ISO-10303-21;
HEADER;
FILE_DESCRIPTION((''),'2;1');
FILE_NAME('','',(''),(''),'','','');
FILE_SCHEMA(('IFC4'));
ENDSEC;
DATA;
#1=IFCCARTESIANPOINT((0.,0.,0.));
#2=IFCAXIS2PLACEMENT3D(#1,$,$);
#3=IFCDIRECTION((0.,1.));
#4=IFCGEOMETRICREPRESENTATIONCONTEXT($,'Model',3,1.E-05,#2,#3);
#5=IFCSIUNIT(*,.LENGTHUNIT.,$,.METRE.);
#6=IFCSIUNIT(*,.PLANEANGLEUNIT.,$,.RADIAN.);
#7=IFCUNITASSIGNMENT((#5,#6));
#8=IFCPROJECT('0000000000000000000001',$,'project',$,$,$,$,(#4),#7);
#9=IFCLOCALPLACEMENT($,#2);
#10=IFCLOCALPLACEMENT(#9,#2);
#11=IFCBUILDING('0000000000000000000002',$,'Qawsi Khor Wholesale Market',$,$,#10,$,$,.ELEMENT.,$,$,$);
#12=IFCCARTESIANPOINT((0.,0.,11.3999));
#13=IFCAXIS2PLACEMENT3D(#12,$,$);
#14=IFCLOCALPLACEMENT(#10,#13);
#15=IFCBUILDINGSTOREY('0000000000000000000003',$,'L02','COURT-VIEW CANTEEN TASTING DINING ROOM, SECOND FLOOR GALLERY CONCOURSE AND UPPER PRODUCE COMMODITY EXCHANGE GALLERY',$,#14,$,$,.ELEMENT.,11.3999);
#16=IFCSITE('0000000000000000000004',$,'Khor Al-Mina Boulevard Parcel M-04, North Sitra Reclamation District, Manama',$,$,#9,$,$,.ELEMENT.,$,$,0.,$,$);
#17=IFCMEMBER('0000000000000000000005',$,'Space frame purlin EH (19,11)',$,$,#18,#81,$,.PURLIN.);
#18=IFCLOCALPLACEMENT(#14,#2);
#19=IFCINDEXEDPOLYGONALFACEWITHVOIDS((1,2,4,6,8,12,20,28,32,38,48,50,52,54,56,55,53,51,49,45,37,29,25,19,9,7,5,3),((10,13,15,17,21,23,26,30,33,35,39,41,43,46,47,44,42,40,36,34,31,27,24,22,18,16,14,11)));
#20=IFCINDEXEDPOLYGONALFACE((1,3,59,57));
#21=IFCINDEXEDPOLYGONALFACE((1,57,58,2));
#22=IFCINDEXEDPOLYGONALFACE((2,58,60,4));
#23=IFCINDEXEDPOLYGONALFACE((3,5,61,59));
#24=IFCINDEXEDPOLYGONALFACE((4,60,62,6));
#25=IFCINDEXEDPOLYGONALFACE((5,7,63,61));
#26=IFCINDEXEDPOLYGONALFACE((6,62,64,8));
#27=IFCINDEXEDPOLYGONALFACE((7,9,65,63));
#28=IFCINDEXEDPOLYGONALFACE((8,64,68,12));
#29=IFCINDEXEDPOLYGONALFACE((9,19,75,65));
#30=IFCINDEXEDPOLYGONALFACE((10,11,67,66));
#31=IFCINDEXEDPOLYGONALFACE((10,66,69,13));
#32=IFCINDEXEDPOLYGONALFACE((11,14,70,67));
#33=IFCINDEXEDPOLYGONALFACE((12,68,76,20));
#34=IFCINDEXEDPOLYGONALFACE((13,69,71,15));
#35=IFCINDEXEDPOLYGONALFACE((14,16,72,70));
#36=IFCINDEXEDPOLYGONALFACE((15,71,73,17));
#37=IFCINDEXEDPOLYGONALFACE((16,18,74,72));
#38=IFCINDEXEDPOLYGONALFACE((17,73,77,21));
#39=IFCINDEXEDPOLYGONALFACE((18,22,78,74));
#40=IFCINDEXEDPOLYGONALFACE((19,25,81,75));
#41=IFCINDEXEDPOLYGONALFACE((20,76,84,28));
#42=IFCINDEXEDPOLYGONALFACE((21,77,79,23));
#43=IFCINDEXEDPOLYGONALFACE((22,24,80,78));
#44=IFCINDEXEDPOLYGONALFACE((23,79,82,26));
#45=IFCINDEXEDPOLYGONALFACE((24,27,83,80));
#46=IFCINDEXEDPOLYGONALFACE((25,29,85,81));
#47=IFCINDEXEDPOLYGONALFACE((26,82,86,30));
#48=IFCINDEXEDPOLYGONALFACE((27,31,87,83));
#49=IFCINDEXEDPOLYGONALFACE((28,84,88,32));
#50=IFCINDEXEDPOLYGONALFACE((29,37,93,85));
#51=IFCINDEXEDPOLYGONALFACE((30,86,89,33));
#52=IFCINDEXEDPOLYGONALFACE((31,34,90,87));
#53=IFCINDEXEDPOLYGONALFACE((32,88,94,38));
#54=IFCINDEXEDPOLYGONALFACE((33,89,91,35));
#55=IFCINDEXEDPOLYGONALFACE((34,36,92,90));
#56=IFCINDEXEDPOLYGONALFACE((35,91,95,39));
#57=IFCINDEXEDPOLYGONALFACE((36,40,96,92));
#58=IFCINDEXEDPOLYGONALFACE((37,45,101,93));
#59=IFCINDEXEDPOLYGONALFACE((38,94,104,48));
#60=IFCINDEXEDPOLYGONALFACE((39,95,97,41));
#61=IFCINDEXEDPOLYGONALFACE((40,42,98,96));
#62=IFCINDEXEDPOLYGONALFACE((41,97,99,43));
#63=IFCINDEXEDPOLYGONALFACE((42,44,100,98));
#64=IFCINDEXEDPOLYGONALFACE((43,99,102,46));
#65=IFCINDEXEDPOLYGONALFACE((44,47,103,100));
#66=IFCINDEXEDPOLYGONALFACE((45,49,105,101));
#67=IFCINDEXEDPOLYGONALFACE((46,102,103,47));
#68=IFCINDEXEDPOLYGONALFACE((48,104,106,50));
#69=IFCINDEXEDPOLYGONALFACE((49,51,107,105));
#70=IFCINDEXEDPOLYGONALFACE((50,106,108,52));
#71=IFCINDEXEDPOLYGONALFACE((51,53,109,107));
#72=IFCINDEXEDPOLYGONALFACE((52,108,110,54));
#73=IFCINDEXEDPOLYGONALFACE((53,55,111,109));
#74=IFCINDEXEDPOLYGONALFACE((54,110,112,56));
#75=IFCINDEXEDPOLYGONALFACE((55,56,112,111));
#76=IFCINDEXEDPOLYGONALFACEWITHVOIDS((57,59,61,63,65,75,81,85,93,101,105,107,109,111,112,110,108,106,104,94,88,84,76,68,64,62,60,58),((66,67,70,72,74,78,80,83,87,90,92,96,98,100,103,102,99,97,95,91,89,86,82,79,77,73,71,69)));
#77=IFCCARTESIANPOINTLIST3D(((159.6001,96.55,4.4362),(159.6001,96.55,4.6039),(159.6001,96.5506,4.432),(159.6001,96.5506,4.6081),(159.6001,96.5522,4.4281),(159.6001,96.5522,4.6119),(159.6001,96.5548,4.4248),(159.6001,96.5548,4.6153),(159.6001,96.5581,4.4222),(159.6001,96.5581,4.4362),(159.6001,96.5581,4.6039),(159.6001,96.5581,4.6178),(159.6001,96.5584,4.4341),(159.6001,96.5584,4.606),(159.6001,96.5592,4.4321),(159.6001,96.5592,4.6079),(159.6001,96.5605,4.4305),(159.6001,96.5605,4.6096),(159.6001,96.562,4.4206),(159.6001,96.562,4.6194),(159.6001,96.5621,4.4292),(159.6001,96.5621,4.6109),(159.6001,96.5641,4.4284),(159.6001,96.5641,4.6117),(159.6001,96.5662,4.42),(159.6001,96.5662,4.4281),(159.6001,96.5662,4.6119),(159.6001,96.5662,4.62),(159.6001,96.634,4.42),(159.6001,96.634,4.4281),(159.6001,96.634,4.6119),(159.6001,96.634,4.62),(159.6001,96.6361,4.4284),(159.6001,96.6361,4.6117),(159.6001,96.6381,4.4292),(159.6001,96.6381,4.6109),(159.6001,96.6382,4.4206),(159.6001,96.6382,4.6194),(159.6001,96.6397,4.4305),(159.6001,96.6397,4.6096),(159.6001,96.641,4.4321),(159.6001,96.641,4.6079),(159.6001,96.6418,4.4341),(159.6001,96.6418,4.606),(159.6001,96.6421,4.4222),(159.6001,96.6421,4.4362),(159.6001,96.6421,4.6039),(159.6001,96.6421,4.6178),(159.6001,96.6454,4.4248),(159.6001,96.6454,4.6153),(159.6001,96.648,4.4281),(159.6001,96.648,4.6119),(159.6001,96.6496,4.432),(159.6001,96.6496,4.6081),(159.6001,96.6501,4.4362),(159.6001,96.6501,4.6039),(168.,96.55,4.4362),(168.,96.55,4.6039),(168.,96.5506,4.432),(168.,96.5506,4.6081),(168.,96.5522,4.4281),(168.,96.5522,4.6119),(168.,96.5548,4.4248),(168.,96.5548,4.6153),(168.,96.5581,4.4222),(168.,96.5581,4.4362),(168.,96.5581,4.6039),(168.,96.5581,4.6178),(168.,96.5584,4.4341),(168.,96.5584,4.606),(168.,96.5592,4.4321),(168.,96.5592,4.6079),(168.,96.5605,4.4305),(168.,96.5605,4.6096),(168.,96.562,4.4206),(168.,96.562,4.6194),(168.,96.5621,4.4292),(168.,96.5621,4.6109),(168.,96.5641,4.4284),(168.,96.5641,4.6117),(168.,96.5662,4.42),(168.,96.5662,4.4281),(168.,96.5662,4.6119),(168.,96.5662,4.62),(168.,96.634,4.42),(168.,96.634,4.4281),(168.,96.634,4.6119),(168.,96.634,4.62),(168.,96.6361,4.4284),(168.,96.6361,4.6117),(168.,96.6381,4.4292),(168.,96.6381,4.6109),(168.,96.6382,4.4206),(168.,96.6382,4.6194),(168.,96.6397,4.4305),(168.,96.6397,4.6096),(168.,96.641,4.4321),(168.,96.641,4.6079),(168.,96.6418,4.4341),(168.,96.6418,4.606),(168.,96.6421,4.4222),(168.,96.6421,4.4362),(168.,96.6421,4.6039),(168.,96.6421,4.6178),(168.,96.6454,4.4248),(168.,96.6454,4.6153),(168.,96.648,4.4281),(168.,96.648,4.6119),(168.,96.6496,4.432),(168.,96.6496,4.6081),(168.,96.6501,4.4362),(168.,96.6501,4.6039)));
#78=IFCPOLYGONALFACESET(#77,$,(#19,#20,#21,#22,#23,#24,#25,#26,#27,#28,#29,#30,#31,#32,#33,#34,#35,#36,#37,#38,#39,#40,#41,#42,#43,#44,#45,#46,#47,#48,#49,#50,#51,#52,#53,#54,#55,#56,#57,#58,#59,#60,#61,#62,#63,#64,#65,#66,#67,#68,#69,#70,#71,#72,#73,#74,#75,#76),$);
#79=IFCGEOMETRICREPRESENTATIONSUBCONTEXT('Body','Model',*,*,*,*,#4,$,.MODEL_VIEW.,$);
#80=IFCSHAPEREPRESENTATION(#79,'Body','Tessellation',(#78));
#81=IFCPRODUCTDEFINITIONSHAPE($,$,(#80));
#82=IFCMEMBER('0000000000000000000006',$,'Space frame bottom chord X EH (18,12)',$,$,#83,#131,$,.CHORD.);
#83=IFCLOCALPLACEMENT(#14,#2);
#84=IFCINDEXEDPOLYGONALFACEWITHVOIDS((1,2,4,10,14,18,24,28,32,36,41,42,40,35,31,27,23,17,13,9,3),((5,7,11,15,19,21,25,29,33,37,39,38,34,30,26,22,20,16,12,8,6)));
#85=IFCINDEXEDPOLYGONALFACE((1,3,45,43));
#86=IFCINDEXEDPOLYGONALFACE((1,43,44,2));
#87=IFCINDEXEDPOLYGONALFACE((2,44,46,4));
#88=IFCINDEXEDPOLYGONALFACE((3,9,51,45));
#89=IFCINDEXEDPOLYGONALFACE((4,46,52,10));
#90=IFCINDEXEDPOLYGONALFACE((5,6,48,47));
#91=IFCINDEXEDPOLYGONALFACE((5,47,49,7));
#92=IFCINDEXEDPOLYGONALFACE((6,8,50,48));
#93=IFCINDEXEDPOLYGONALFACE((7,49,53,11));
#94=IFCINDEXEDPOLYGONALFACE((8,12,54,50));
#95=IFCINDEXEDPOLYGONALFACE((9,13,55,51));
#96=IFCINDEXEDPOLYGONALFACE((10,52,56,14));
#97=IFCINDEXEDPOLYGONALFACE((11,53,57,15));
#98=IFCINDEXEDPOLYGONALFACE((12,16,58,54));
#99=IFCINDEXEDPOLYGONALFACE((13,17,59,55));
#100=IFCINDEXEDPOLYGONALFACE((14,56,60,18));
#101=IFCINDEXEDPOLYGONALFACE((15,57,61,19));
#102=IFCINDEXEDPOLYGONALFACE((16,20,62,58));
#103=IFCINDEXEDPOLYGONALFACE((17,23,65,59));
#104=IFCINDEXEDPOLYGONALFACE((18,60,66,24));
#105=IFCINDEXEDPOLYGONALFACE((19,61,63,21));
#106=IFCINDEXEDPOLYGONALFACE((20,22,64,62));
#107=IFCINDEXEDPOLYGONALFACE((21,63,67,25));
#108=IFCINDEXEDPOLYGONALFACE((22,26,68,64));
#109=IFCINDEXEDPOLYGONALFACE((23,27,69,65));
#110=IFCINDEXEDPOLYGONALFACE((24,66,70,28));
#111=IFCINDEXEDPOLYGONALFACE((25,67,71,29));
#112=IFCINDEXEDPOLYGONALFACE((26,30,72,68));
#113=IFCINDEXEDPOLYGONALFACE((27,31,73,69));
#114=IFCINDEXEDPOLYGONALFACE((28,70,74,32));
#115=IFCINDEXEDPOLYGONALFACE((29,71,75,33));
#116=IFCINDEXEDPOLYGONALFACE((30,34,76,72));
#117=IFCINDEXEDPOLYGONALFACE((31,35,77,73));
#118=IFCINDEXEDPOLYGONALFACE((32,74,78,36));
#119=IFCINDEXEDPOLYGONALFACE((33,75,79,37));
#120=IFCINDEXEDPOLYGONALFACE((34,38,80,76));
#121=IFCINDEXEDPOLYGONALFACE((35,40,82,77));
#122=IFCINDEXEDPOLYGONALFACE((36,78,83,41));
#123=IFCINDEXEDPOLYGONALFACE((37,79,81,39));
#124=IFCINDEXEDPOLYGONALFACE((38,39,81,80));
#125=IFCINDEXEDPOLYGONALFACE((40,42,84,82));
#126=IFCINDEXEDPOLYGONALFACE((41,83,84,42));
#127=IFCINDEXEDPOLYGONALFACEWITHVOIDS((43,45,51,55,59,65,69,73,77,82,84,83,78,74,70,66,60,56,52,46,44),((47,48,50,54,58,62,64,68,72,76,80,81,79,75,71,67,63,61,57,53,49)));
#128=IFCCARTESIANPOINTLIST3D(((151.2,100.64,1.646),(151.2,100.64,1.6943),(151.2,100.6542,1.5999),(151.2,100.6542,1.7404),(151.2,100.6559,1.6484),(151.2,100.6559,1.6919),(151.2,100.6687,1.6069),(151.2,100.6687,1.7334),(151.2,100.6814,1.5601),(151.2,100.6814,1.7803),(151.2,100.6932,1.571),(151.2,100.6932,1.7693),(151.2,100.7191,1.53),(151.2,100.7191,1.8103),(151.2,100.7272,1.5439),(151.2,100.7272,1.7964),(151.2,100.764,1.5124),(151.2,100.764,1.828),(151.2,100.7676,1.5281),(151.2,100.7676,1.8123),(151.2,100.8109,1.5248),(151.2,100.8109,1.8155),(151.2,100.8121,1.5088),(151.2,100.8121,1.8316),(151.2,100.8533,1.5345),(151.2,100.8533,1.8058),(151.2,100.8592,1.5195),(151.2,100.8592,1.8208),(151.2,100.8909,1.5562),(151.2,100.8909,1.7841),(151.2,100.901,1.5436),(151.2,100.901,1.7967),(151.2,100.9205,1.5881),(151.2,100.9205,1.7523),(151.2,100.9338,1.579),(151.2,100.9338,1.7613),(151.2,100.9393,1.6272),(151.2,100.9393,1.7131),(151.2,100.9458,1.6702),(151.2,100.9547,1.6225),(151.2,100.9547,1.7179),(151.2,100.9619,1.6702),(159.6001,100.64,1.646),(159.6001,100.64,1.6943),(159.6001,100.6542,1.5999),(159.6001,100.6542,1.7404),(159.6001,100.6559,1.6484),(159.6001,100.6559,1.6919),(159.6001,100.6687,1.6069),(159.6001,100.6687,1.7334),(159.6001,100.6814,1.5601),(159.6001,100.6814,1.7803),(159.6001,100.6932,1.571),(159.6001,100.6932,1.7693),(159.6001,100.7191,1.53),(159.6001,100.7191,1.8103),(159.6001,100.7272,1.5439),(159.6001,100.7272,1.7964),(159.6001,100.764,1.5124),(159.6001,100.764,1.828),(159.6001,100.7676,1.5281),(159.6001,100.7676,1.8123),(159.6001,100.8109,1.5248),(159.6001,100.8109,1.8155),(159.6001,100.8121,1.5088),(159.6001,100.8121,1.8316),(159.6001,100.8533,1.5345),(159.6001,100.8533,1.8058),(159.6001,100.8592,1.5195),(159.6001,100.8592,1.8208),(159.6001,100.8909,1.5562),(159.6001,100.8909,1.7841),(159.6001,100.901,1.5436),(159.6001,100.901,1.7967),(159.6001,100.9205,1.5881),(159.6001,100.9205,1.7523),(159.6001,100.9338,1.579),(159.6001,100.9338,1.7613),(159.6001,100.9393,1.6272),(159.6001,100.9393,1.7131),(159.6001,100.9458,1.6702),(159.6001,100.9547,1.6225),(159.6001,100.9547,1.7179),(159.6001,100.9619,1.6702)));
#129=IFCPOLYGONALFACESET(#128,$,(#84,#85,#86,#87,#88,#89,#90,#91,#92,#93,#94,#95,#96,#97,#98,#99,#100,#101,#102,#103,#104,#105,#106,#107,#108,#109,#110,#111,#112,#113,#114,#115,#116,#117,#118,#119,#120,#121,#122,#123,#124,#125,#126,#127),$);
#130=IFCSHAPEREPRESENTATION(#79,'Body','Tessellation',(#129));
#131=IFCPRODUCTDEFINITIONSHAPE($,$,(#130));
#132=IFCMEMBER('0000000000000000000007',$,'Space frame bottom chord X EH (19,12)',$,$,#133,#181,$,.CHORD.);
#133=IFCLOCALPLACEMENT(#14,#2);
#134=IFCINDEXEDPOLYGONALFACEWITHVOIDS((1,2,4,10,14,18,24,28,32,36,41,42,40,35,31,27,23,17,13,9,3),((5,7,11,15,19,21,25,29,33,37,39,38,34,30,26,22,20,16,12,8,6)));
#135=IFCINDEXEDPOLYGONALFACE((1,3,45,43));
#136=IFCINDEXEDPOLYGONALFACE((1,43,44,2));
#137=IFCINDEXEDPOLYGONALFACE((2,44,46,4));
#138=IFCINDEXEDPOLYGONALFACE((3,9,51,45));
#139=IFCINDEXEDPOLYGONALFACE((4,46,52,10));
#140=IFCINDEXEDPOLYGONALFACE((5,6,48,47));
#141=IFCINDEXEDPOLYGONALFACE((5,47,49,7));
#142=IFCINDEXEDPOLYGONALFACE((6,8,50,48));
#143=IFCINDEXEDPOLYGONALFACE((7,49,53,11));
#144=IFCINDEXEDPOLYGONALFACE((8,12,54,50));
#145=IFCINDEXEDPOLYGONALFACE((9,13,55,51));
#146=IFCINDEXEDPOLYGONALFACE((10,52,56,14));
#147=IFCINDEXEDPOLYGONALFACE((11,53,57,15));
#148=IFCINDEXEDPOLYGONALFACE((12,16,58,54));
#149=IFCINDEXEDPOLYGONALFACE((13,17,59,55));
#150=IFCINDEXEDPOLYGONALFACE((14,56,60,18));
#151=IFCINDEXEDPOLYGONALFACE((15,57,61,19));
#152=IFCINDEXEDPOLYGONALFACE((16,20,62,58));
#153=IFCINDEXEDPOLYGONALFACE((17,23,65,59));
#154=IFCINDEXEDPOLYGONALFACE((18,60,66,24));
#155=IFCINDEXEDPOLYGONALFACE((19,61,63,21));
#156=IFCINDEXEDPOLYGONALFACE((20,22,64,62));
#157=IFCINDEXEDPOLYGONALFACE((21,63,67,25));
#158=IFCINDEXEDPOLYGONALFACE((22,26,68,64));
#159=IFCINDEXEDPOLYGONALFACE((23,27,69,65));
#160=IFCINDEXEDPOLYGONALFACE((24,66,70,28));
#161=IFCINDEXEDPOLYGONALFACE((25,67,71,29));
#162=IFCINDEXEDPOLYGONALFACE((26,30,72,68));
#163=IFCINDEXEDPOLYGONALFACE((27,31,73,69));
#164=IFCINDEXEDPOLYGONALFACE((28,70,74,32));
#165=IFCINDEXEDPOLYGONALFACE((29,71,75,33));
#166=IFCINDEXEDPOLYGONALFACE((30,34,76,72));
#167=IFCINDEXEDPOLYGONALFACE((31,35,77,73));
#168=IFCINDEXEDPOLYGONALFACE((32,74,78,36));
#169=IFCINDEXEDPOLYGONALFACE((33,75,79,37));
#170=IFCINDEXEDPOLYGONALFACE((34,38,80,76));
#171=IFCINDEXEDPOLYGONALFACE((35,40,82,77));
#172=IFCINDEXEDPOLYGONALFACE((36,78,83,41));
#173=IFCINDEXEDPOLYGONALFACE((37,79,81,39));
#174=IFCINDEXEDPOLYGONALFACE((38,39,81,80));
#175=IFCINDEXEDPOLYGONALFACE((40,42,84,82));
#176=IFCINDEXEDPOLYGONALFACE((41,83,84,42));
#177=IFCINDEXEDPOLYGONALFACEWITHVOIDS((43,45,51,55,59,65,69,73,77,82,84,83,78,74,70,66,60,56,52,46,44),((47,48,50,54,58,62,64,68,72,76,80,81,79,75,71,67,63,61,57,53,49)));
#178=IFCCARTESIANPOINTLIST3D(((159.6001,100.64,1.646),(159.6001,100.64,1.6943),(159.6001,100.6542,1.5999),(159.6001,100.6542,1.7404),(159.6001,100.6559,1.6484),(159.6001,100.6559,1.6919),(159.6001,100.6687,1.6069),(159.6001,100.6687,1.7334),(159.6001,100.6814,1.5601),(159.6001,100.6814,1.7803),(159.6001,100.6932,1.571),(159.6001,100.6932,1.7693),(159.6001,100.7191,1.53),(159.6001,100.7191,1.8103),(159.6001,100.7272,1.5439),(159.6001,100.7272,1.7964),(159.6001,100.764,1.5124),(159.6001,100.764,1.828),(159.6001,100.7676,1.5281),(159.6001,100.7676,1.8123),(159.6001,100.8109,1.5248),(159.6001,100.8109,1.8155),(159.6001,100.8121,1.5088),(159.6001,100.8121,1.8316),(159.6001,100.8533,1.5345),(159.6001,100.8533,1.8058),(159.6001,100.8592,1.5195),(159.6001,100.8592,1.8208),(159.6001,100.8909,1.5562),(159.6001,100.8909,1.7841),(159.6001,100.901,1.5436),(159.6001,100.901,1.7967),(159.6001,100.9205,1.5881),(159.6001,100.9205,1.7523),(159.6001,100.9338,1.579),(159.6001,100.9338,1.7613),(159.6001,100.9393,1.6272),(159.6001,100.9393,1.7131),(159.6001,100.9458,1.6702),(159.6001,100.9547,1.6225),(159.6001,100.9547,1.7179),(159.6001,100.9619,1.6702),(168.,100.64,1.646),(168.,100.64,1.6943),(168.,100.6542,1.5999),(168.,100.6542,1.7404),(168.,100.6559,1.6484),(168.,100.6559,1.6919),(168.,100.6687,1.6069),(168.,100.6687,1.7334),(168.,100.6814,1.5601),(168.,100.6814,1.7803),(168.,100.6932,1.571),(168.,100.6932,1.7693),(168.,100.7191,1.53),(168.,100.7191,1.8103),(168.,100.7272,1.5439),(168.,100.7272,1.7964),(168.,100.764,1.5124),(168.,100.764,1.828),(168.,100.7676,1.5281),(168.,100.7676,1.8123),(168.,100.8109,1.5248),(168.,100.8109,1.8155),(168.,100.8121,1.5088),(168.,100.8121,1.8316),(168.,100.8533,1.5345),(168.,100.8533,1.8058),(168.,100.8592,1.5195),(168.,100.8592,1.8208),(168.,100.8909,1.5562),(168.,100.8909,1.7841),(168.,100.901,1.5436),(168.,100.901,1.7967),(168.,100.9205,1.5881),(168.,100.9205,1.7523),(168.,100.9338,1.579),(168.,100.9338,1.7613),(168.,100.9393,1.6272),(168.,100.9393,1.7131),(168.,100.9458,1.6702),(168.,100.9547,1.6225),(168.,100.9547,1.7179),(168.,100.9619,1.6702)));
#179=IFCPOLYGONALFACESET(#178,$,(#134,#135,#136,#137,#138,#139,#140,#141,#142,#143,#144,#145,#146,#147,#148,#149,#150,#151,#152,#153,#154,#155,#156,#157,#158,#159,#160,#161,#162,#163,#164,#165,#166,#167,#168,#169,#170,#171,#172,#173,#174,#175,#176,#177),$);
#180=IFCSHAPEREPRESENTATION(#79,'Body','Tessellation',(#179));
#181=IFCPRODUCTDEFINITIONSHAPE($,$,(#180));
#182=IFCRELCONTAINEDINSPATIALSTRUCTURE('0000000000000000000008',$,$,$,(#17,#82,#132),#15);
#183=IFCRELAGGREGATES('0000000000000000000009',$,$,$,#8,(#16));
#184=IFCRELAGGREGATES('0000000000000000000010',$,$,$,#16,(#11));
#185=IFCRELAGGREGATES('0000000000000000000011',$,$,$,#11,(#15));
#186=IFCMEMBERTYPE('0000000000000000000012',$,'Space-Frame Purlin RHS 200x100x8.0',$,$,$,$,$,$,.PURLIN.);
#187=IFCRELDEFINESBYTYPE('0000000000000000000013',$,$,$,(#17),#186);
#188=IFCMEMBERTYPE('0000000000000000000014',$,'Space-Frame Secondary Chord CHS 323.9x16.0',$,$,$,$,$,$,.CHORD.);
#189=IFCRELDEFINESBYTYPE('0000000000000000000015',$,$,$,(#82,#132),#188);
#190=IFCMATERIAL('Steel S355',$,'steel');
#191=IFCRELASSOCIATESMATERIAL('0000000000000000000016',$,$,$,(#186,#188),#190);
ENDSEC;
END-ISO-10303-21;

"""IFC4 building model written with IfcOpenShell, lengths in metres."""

from ifc_helpers import new_model, si_unit, direction, frame, origin, origin_2d, place, context, subcontext, project, spatial, hollow_rectangle, hollow_circle, extrude, material, material_profile, profile_set, type_object, element, save


model = new_model("IFC4")

# Units and contexts
model_context = context("Model", 3, precision=1e-05, world=origin(), true_north=direction((0.0, 1.0)))
body_context = subcontext(model_context, "Body", "Model", "MODEL_VIEW")
ifc_project = project(units=[si_unit("LENGTHUNIT", "METRE"), si_unit("PLANEANGLEUNIT", "RADIAN")], contexts=[model_context])

# Site, building, storey
site_placement = place(None, origin())
site = spatial("IfcSite", under=ifc_project, at=site_placement, Name="Khor Al-Mina Boulevard Parcel M-04, North Sitra Reclamation District, Manama", CompositionType="ELEMENT", RefElevation=0.0)
building_placement = place(site_placement, origin())
building = spatial("IfcBuilding", under=site, at=building_placement, Name="Qawsi Khor Wholesale Market", CompositionType="ELEMENT")
storey_placement = place(building_placement, frame((0.0, 0.0, 11.3999)))
storey = spatial("IfcBuildingStorey", under=building, at=storey_placement, Name="L02", Description="COURT-VIEW CANTEEN TASTING DINING ROOM, SECOND FLOOR GALLERY CONCOURSE AND UPPER PRODUCE COMMODITY EXCHANGE GALLERY", CompositionType="ELEMENT", Elevation=11.3999)

# Members
ifc_material_1 = material(Name="Steel S355", Category="steel")
ifc_material_profile_1 = material_profile(ifc_material_1, hollow_rectangle(XDim=0.1001, YDim=0.2, WallThickness=0.0081, InnerFilletRadius=0.0081, OuterFilletRadius=0.0161, at=origin_2d()), Name="RHS 200x100x8.0")
ifc_profile_set_1 = profile_set([ifc_material_profile_1], Name="Steel S355")
member_type_1 = type_object("IfcMemberType", Name="Space-Frame Purlin RHS 200x100x8.0", PredefinedType="PURLIN", material=ifc_profile_set_1)
member_1_placement = place(storey_placement, frame((159.6001, 96.6001, 4.52), z_axis=(1.0, 0.0, 0.0), x_axis=(0.0, 1.0, 0.0)))
element("IfcMember", 1, at=member_1_placement, inside=storey, type_object=member_type_1, Name="Space frame purlin EH (19,11)", PredefinedType="PURLIN", context=body_context, shape_type="SweptSolid", body=[
    extrude(hollow_rectangle(XDim=0.1001, YDim=0.2, WallThickness=0.0081, InnerFilletRadius=0.0081, OuterFilletRadius=0.0161, at=origin_2d()), origin(), (0.0, 0.0, 1.0), 8.3999),
])
ifc_material_profile_2 = material_profile(ifc_material_1, hollow_circle(Radius=0.1619, WallThickness=0.0161, at=origin_2d()), Name="CHS 323.9x16.0")
ifc_profile_set_2 = profile_set([ifc_material_profile_2], Name="Steel S355")
member_type_2 = type_object("IfcMemberType", Name="Space-Frame Secondary Chord CHS 323.9x16.0", PredefinedType="CHORD", material=ifc_profile_set_2)
member_2_placement = place(storey_placement, frame((151.2, 100.8, 1.6702), z_axis=(1.0, 0.0, 0.0), x_axis=(0.0, 1.0, 0.0)))
element("IfcMember", 2, at=member_2_placement, inside=storey, type_object=member_type_2, Name="Space frame bottom chord X EH (18,12)", PredefinedType="CHORD", context=body_context, shape_type="SweptSolid", body=[
    extrude(hollow_circle(Radius=0.1619, WallThickness=0.0161, at=origin_2d()), origin(), (0.0, 0.0, 1.0), 8.4001),
])
member_3_placement = place(storey_placement, frame((159.6001, 100.8, 1.6702), z_axis=(1.0, 0.0, 0.0), x_axis=(0.0, 1.0, 0.0)))
element("IfcMember", 3, at=member_3_placement, inside=storey, type_object=member_type_2, Name="Space frame bottom chord X EH (19,12)", PredefinedType="CHORD", context=body_context, shape_type="SweptSolid", body=[
    extrude(hollow_circle(Radius=0.1619, WallThickness=0.0161, at=origin_2d()), origin(), (0.0, 0.0, 1.0), 8.3999),
])

save(model, "model.ifc")
